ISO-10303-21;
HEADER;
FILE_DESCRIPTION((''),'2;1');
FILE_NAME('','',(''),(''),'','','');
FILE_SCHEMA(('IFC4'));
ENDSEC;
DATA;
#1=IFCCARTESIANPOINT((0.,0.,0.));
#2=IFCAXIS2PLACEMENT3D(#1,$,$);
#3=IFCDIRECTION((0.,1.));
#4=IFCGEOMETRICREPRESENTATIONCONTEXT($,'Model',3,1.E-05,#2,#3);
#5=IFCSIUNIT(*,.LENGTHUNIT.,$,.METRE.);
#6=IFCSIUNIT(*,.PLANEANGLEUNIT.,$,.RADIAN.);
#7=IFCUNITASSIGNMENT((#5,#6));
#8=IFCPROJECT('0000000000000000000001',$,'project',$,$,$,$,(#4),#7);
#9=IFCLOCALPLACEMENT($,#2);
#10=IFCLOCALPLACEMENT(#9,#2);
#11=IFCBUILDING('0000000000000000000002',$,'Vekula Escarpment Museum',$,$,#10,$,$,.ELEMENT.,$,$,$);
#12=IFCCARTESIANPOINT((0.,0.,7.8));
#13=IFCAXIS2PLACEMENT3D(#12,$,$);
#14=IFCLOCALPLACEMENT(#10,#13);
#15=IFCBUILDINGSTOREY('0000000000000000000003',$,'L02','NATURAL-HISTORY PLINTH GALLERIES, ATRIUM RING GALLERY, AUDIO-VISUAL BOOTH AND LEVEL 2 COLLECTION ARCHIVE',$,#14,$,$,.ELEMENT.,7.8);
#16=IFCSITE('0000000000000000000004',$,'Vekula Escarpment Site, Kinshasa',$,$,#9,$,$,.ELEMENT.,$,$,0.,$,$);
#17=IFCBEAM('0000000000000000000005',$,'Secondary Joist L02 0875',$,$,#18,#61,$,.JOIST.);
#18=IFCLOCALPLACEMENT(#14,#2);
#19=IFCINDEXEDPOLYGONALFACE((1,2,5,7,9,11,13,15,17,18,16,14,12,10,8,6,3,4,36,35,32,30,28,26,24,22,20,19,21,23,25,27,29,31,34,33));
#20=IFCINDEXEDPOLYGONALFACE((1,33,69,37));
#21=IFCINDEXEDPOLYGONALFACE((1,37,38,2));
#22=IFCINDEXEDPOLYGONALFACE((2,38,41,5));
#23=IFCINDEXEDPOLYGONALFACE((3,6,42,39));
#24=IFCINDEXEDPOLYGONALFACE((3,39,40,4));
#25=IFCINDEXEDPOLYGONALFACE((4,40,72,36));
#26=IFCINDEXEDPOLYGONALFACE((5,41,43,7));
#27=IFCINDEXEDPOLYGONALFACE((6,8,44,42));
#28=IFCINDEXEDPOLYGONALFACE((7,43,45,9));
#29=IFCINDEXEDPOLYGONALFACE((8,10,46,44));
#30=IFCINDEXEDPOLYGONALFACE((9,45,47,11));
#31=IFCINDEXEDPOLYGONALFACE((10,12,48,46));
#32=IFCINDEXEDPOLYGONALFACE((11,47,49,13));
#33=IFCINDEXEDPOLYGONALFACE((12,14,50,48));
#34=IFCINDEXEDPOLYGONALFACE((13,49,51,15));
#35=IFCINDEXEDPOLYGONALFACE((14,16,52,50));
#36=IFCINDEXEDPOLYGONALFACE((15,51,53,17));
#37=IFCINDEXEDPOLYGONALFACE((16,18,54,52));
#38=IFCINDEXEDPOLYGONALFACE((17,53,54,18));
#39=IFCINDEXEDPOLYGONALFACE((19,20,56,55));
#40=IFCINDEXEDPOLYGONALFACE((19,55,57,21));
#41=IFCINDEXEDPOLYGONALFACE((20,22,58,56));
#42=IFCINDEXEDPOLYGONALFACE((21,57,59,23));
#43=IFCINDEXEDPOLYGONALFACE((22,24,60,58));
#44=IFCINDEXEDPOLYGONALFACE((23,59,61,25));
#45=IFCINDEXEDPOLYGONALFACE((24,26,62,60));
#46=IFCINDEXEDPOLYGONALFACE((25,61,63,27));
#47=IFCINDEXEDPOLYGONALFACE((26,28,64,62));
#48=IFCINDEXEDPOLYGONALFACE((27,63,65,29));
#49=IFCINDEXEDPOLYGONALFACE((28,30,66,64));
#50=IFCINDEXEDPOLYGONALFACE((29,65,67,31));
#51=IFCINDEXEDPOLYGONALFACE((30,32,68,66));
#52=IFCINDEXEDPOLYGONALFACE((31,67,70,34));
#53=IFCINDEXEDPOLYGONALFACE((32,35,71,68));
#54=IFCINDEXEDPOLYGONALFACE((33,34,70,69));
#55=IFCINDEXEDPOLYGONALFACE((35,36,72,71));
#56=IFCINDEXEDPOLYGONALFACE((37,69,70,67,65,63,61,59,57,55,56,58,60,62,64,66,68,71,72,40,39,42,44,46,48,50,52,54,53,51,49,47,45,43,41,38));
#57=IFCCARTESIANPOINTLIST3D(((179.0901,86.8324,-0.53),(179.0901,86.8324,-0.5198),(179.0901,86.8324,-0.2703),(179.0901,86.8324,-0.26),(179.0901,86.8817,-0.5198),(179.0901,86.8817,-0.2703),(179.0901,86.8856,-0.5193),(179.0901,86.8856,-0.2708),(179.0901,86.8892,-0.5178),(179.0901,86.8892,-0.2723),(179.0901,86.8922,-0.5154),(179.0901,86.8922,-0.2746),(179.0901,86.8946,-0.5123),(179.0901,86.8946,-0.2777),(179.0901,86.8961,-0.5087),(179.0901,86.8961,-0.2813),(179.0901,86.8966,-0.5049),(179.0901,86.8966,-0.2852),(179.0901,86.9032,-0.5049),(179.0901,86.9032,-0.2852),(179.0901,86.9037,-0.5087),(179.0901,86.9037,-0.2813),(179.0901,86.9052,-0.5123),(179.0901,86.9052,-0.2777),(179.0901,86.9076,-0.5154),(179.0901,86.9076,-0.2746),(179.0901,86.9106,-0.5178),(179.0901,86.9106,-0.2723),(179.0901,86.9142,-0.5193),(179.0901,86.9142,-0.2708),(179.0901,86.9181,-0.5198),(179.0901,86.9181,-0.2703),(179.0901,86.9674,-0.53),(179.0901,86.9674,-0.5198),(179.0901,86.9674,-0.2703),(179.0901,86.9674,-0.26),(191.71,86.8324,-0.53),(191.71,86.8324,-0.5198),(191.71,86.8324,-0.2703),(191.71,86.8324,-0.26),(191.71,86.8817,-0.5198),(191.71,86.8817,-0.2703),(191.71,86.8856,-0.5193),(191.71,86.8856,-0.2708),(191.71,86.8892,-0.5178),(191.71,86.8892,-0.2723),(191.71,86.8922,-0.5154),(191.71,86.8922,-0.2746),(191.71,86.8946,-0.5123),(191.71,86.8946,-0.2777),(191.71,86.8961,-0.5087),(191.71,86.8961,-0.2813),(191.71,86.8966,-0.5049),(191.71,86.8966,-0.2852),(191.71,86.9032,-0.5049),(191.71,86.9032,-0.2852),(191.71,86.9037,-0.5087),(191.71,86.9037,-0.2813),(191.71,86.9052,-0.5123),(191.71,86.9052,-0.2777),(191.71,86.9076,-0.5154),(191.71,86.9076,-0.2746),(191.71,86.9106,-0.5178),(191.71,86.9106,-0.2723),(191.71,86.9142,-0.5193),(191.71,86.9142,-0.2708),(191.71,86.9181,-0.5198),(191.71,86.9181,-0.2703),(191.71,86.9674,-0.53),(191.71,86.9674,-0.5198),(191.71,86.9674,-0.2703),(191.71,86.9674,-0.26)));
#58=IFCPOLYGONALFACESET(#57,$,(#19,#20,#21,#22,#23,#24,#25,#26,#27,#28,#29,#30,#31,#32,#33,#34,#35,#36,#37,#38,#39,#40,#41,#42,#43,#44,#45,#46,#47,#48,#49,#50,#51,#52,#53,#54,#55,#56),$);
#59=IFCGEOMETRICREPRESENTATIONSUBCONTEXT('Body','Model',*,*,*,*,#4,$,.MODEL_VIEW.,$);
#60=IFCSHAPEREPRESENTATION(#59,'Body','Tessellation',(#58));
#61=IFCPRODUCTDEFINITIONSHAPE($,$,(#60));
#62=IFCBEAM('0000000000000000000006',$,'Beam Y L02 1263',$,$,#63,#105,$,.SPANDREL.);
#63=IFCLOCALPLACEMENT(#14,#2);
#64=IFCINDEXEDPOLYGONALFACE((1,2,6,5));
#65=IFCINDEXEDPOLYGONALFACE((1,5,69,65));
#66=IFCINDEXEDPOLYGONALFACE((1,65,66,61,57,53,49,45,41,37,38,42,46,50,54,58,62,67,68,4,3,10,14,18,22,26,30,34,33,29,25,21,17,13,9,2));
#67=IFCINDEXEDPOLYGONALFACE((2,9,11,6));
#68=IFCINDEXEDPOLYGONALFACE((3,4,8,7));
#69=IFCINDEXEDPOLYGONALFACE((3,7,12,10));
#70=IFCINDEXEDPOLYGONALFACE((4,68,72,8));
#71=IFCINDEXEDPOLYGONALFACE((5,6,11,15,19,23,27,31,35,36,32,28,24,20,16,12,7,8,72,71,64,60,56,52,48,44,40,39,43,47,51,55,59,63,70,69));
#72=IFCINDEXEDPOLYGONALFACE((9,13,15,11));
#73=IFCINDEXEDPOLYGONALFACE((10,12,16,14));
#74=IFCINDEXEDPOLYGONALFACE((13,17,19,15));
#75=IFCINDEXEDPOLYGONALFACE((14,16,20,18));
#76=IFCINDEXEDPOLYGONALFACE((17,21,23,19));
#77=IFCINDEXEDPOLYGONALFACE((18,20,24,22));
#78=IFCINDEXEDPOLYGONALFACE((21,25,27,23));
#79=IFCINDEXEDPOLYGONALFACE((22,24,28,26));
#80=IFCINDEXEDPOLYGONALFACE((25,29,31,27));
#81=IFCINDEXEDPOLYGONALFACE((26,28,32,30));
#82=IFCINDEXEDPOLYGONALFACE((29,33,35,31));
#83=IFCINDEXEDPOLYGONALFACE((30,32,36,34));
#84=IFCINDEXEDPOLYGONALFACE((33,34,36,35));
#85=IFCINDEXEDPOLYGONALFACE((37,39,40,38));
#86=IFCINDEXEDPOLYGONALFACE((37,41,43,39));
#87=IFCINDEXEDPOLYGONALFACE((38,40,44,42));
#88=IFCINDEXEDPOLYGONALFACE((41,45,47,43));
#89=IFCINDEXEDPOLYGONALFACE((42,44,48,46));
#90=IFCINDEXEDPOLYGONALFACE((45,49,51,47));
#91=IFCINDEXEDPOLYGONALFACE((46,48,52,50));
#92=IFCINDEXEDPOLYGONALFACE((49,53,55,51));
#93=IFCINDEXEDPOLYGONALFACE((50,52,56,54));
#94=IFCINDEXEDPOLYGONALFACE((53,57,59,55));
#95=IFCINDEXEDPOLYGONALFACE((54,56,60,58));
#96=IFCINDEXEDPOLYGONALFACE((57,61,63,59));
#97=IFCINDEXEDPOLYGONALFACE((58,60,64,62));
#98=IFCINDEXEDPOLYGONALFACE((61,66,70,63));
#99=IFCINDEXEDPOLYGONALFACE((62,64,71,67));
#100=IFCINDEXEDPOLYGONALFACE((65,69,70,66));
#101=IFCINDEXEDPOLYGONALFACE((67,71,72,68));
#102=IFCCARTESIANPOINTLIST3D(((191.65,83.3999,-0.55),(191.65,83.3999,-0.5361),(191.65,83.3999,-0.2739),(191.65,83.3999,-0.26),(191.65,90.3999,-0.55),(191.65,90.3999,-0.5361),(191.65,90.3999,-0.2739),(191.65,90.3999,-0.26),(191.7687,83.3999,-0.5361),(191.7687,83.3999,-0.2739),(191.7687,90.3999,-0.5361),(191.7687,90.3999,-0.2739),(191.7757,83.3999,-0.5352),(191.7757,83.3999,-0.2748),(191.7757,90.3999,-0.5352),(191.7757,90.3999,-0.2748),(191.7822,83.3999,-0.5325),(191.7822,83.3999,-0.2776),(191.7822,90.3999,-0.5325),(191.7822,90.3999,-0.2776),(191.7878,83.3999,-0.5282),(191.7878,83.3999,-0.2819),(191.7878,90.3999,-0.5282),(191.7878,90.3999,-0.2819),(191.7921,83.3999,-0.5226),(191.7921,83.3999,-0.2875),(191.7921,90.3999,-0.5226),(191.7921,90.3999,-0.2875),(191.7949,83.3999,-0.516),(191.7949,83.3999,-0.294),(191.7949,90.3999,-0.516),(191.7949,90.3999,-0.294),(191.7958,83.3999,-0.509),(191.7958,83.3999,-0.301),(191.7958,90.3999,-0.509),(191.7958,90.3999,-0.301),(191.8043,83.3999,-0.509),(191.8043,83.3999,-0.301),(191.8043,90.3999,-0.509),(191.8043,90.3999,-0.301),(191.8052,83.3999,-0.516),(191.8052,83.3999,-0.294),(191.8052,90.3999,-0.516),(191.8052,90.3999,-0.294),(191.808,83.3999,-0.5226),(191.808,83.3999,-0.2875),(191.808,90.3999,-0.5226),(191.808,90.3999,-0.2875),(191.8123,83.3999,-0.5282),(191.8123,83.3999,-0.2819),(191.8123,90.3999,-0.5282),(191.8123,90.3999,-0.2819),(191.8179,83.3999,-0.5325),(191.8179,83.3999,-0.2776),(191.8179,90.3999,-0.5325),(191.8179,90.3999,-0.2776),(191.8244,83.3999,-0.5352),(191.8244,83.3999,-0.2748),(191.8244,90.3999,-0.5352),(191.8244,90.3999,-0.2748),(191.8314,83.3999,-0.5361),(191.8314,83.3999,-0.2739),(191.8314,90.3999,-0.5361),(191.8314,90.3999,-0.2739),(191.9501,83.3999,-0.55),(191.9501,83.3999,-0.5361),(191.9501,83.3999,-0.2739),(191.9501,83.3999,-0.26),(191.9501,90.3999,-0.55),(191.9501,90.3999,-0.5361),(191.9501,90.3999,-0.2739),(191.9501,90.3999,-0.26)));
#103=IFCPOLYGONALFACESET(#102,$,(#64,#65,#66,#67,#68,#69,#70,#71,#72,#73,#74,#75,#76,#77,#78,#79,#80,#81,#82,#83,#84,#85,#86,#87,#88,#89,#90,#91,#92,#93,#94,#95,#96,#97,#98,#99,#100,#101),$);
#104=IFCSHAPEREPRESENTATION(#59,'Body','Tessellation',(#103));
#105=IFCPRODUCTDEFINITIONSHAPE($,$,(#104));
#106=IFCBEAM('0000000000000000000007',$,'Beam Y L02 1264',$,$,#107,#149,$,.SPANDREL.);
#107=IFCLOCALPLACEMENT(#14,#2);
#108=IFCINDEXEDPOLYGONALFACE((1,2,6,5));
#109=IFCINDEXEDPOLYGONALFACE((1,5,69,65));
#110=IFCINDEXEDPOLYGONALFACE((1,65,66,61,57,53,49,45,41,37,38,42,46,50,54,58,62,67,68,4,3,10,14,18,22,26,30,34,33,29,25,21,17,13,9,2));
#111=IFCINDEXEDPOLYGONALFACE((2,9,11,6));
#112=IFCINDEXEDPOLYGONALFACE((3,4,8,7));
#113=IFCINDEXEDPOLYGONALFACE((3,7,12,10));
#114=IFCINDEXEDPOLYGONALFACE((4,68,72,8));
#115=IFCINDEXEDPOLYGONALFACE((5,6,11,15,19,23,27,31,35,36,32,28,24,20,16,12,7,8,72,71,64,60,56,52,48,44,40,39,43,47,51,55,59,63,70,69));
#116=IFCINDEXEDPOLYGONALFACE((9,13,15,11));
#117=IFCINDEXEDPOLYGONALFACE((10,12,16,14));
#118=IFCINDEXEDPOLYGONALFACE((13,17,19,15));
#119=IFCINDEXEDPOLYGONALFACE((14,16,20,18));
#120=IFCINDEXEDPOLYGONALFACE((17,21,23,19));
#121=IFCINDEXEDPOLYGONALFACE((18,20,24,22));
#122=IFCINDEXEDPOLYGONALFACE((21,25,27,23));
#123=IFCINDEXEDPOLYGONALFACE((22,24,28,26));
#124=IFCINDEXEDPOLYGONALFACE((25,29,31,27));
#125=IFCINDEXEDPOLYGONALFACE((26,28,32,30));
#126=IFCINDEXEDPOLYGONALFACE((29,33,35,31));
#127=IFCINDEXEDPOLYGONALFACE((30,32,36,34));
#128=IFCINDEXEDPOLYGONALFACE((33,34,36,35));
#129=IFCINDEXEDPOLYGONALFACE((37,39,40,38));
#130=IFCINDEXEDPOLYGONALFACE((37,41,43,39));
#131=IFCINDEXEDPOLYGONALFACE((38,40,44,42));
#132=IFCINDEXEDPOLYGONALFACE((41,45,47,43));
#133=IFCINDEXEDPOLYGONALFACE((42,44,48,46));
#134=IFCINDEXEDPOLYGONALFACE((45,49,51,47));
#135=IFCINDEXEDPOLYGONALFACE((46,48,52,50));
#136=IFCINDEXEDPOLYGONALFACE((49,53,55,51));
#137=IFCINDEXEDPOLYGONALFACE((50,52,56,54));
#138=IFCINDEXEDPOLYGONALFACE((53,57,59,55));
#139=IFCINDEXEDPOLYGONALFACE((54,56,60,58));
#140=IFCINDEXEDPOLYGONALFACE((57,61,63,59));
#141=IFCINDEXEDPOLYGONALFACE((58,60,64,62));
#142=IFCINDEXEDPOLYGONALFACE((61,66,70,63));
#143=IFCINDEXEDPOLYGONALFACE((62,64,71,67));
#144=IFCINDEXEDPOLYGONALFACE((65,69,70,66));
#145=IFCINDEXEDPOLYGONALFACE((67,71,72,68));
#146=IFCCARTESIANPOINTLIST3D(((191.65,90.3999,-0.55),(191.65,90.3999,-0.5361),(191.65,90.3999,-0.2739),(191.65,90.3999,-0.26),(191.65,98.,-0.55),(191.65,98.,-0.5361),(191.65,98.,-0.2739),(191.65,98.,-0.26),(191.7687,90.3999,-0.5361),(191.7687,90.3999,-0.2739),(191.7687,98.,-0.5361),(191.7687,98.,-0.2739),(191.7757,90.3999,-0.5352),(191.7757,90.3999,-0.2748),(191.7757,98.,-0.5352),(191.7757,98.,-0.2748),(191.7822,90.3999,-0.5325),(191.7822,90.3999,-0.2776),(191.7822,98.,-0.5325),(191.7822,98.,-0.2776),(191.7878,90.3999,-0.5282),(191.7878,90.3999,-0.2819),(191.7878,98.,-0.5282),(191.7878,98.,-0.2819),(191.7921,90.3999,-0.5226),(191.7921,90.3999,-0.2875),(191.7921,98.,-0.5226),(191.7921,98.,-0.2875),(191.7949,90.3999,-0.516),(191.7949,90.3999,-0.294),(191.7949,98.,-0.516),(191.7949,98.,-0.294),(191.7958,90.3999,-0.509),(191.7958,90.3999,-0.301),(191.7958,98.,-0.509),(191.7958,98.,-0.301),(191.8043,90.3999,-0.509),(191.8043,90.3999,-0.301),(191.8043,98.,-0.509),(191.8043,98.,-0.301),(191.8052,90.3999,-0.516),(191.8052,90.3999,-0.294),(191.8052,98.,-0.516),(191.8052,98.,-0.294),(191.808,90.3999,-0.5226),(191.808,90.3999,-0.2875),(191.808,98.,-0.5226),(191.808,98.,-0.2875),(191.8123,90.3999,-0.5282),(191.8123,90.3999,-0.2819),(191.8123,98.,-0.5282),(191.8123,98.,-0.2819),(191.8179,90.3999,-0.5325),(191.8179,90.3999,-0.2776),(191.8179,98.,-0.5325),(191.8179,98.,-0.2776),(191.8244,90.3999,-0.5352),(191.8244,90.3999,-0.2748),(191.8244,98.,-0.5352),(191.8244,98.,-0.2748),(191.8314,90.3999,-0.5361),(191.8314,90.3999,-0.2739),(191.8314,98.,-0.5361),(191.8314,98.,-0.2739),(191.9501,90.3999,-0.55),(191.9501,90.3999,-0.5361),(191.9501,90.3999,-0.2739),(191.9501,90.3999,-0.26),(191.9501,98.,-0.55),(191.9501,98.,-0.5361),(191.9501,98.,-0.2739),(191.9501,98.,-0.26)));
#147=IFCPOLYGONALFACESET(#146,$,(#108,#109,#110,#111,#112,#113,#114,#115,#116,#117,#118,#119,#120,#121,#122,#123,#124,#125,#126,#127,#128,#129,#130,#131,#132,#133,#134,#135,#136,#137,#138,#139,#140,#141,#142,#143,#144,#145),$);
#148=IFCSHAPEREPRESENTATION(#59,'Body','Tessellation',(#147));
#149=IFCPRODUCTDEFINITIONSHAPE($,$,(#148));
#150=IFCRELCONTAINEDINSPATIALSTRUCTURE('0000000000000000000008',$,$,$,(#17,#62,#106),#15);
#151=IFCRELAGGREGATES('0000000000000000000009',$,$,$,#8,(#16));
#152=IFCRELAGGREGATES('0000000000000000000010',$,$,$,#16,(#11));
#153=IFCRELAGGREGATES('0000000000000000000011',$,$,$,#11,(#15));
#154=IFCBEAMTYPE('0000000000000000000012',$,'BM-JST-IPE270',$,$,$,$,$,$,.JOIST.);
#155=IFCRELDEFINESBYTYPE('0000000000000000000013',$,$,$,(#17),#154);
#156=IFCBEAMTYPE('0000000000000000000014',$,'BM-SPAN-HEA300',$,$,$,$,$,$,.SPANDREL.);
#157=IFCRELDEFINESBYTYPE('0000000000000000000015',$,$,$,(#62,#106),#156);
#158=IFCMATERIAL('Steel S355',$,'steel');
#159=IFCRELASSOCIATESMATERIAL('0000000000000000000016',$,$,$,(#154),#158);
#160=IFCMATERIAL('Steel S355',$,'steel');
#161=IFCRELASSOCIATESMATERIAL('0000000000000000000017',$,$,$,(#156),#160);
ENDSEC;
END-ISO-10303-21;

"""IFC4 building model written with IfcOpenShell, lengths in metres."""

from ifc_helpers import new_model, si_unit, direction, frame, origin, origin_2d, place, context, subcontext, project, spatial, i_section, extrude, material, material_profile, profile_set, type_object, element, save


model = new_model("IFC4")

# Units and contexts
model_context = context("Model", 3, precision=1e-05, world=origin(), true_north=direction((0.0, 1.0)))
body_context = subcontext(model_context, "Body", "Model", "MODEL_VIEW")
ifc_project = project(units=[si_unit("LENGTHUNIT", "METRE"), si_unit("PLANEANGLEUNIT", "RADIAN")], contexts=[model_context])

# Site, building, storey
site_placement = place(None, origin())
site = spatial("IfcSite", under=ifc_project, at=site_placement, Name="Vekula Escarpment Site, Kinshasa", CompositionType="ELEMENT", RefElevation=0.0)
building_placement = place(site_placement, origin())
building = spatial("IfcBuilding", under=site, at=building_placement, Name="Vekula Escarpment Museum", CompositionType="ELEMENT")
storey_placement = place(building_placement, frame((0.0, 0.0, 7.8)))
storey = spatial("IfcBuildingStorey", under=building, at=storey_placement, Name="L02", Description="NATURAL-HISTORY PLINTH GALLERIES, ATRIUM RING GALLERY, AUDIO-VISUAL BOOTH AND LEVEL 2 COLLECTION ARCHIVE", CompositionType="ELEMENT", Elevation=7.8)

# Beams
ifc_material_1 = material(Name="Steel S355", Category="steel")
ifc_material_profile_1 = material_profile(ifc_material_1, i_section(OverallWidth=0.135, OverallDepth=0.27, WebThickness=0.0066, FlangeThickness=0.0103, FilletRadius=0.0149, at=origin_2d()), Name="IPE 270")
ifc_profile_set_1 = profile_set([ifc_material_profile_1], Name="Steel S355")
beam_type_1 = type_object("IfcBeamType", Name="BM-JST-IPE270", PredefinedType="JOIST", material=ifc_profile_set_1)
beam_1_placement = place(storey_placement, frame((179.0901, 86.8999, -0.395), z_axis=(1.0, 0.0, 0.0), x_axis=(0.0, 1.0, 0.0)))
element("IfcBeam", 1, at=beam_1_placement, inside=storey, type_object=beam_type_1, Name="Secondary Joist L02 0875", PredefinedType="JOIST", context=body_context, shape_type="SweptSolid", body=[
    extrude(i_section(OverallWidth=0.135, OverallDepth=0.27, WebThickness=0.0066, FlangeThickness=0.0103, FilletRadius=0.0149, at=origin_2d()), origin(), (0.0, 0.0, 1.0), 12.6199),
])
ifc_material_2 = material(Name="Steel S355", Category="steel")
ifc_material_profile_2 = material_profile(ifc_material_2, i_section(OverallWidth=0.3, OverallDepth=0.29, WebThickness=0.0085, FlangeThickness=0.0139, FilletRadius=0.0271, at=origin_2d()), Name="HEA 300")
ifc_profile_set_2 = profile_set([ifc_material_profile_2], Name="Steel S355")
beam_type_2 = type_object("IfcBeamType", Name="BM-SPAN-HEA300", PredefinedType="SPANDREL", material=ifc_profile_set_2)
beam_2_placement = place(storey_placement, frame((191.8, 83.3999, -0.405), z_axis=(0.0, 1.0, 0.0), x_axis=(-1.0, 0.0, 0.0)))
element("IfcBeam", 2, at=beam_2_placement, inside=storey, type_object=beam_type_2, Name="Beam Y L02 1263", PredefinedType="SPANDREL", context=body_context, shape_type="SweptSolid", body=[
    extrude(i_section(OverallWidth=0.3, OverallDepth=0.29, WebThickness=0.0085, FlangeThickness=0.0139, FilletRadius=0.0271, at=origin_2d()), origin(), (0.0, 0.0, 1.0), 7.0),
])
beam_3_placement = place(storey_placement, frame((191.8, 90.3999, -0.405), z_axis=(0.0, 1.0, 0.0), x_axis=(-1.0, 0.0, 0.0)))
element("IfcBeam", 3, at=beam_3_placement, inside=storey, type_object=beam_type_2, Name="Beam Y L02 1264", PredefinedType="SPANDREL", context=body_context, shape_type="SweptSolid", body=[
    extrude(i_section(OverallWidth=0.3, OverallDepth=0.29, WebThickness=0.0085, FlangeThickness=0.0139, FilletRadius=0.0271, at=origin_2d()), origin(), (0.0, 0.0, 1.0), 7.6001),
])

save(model, "model.ifc")
